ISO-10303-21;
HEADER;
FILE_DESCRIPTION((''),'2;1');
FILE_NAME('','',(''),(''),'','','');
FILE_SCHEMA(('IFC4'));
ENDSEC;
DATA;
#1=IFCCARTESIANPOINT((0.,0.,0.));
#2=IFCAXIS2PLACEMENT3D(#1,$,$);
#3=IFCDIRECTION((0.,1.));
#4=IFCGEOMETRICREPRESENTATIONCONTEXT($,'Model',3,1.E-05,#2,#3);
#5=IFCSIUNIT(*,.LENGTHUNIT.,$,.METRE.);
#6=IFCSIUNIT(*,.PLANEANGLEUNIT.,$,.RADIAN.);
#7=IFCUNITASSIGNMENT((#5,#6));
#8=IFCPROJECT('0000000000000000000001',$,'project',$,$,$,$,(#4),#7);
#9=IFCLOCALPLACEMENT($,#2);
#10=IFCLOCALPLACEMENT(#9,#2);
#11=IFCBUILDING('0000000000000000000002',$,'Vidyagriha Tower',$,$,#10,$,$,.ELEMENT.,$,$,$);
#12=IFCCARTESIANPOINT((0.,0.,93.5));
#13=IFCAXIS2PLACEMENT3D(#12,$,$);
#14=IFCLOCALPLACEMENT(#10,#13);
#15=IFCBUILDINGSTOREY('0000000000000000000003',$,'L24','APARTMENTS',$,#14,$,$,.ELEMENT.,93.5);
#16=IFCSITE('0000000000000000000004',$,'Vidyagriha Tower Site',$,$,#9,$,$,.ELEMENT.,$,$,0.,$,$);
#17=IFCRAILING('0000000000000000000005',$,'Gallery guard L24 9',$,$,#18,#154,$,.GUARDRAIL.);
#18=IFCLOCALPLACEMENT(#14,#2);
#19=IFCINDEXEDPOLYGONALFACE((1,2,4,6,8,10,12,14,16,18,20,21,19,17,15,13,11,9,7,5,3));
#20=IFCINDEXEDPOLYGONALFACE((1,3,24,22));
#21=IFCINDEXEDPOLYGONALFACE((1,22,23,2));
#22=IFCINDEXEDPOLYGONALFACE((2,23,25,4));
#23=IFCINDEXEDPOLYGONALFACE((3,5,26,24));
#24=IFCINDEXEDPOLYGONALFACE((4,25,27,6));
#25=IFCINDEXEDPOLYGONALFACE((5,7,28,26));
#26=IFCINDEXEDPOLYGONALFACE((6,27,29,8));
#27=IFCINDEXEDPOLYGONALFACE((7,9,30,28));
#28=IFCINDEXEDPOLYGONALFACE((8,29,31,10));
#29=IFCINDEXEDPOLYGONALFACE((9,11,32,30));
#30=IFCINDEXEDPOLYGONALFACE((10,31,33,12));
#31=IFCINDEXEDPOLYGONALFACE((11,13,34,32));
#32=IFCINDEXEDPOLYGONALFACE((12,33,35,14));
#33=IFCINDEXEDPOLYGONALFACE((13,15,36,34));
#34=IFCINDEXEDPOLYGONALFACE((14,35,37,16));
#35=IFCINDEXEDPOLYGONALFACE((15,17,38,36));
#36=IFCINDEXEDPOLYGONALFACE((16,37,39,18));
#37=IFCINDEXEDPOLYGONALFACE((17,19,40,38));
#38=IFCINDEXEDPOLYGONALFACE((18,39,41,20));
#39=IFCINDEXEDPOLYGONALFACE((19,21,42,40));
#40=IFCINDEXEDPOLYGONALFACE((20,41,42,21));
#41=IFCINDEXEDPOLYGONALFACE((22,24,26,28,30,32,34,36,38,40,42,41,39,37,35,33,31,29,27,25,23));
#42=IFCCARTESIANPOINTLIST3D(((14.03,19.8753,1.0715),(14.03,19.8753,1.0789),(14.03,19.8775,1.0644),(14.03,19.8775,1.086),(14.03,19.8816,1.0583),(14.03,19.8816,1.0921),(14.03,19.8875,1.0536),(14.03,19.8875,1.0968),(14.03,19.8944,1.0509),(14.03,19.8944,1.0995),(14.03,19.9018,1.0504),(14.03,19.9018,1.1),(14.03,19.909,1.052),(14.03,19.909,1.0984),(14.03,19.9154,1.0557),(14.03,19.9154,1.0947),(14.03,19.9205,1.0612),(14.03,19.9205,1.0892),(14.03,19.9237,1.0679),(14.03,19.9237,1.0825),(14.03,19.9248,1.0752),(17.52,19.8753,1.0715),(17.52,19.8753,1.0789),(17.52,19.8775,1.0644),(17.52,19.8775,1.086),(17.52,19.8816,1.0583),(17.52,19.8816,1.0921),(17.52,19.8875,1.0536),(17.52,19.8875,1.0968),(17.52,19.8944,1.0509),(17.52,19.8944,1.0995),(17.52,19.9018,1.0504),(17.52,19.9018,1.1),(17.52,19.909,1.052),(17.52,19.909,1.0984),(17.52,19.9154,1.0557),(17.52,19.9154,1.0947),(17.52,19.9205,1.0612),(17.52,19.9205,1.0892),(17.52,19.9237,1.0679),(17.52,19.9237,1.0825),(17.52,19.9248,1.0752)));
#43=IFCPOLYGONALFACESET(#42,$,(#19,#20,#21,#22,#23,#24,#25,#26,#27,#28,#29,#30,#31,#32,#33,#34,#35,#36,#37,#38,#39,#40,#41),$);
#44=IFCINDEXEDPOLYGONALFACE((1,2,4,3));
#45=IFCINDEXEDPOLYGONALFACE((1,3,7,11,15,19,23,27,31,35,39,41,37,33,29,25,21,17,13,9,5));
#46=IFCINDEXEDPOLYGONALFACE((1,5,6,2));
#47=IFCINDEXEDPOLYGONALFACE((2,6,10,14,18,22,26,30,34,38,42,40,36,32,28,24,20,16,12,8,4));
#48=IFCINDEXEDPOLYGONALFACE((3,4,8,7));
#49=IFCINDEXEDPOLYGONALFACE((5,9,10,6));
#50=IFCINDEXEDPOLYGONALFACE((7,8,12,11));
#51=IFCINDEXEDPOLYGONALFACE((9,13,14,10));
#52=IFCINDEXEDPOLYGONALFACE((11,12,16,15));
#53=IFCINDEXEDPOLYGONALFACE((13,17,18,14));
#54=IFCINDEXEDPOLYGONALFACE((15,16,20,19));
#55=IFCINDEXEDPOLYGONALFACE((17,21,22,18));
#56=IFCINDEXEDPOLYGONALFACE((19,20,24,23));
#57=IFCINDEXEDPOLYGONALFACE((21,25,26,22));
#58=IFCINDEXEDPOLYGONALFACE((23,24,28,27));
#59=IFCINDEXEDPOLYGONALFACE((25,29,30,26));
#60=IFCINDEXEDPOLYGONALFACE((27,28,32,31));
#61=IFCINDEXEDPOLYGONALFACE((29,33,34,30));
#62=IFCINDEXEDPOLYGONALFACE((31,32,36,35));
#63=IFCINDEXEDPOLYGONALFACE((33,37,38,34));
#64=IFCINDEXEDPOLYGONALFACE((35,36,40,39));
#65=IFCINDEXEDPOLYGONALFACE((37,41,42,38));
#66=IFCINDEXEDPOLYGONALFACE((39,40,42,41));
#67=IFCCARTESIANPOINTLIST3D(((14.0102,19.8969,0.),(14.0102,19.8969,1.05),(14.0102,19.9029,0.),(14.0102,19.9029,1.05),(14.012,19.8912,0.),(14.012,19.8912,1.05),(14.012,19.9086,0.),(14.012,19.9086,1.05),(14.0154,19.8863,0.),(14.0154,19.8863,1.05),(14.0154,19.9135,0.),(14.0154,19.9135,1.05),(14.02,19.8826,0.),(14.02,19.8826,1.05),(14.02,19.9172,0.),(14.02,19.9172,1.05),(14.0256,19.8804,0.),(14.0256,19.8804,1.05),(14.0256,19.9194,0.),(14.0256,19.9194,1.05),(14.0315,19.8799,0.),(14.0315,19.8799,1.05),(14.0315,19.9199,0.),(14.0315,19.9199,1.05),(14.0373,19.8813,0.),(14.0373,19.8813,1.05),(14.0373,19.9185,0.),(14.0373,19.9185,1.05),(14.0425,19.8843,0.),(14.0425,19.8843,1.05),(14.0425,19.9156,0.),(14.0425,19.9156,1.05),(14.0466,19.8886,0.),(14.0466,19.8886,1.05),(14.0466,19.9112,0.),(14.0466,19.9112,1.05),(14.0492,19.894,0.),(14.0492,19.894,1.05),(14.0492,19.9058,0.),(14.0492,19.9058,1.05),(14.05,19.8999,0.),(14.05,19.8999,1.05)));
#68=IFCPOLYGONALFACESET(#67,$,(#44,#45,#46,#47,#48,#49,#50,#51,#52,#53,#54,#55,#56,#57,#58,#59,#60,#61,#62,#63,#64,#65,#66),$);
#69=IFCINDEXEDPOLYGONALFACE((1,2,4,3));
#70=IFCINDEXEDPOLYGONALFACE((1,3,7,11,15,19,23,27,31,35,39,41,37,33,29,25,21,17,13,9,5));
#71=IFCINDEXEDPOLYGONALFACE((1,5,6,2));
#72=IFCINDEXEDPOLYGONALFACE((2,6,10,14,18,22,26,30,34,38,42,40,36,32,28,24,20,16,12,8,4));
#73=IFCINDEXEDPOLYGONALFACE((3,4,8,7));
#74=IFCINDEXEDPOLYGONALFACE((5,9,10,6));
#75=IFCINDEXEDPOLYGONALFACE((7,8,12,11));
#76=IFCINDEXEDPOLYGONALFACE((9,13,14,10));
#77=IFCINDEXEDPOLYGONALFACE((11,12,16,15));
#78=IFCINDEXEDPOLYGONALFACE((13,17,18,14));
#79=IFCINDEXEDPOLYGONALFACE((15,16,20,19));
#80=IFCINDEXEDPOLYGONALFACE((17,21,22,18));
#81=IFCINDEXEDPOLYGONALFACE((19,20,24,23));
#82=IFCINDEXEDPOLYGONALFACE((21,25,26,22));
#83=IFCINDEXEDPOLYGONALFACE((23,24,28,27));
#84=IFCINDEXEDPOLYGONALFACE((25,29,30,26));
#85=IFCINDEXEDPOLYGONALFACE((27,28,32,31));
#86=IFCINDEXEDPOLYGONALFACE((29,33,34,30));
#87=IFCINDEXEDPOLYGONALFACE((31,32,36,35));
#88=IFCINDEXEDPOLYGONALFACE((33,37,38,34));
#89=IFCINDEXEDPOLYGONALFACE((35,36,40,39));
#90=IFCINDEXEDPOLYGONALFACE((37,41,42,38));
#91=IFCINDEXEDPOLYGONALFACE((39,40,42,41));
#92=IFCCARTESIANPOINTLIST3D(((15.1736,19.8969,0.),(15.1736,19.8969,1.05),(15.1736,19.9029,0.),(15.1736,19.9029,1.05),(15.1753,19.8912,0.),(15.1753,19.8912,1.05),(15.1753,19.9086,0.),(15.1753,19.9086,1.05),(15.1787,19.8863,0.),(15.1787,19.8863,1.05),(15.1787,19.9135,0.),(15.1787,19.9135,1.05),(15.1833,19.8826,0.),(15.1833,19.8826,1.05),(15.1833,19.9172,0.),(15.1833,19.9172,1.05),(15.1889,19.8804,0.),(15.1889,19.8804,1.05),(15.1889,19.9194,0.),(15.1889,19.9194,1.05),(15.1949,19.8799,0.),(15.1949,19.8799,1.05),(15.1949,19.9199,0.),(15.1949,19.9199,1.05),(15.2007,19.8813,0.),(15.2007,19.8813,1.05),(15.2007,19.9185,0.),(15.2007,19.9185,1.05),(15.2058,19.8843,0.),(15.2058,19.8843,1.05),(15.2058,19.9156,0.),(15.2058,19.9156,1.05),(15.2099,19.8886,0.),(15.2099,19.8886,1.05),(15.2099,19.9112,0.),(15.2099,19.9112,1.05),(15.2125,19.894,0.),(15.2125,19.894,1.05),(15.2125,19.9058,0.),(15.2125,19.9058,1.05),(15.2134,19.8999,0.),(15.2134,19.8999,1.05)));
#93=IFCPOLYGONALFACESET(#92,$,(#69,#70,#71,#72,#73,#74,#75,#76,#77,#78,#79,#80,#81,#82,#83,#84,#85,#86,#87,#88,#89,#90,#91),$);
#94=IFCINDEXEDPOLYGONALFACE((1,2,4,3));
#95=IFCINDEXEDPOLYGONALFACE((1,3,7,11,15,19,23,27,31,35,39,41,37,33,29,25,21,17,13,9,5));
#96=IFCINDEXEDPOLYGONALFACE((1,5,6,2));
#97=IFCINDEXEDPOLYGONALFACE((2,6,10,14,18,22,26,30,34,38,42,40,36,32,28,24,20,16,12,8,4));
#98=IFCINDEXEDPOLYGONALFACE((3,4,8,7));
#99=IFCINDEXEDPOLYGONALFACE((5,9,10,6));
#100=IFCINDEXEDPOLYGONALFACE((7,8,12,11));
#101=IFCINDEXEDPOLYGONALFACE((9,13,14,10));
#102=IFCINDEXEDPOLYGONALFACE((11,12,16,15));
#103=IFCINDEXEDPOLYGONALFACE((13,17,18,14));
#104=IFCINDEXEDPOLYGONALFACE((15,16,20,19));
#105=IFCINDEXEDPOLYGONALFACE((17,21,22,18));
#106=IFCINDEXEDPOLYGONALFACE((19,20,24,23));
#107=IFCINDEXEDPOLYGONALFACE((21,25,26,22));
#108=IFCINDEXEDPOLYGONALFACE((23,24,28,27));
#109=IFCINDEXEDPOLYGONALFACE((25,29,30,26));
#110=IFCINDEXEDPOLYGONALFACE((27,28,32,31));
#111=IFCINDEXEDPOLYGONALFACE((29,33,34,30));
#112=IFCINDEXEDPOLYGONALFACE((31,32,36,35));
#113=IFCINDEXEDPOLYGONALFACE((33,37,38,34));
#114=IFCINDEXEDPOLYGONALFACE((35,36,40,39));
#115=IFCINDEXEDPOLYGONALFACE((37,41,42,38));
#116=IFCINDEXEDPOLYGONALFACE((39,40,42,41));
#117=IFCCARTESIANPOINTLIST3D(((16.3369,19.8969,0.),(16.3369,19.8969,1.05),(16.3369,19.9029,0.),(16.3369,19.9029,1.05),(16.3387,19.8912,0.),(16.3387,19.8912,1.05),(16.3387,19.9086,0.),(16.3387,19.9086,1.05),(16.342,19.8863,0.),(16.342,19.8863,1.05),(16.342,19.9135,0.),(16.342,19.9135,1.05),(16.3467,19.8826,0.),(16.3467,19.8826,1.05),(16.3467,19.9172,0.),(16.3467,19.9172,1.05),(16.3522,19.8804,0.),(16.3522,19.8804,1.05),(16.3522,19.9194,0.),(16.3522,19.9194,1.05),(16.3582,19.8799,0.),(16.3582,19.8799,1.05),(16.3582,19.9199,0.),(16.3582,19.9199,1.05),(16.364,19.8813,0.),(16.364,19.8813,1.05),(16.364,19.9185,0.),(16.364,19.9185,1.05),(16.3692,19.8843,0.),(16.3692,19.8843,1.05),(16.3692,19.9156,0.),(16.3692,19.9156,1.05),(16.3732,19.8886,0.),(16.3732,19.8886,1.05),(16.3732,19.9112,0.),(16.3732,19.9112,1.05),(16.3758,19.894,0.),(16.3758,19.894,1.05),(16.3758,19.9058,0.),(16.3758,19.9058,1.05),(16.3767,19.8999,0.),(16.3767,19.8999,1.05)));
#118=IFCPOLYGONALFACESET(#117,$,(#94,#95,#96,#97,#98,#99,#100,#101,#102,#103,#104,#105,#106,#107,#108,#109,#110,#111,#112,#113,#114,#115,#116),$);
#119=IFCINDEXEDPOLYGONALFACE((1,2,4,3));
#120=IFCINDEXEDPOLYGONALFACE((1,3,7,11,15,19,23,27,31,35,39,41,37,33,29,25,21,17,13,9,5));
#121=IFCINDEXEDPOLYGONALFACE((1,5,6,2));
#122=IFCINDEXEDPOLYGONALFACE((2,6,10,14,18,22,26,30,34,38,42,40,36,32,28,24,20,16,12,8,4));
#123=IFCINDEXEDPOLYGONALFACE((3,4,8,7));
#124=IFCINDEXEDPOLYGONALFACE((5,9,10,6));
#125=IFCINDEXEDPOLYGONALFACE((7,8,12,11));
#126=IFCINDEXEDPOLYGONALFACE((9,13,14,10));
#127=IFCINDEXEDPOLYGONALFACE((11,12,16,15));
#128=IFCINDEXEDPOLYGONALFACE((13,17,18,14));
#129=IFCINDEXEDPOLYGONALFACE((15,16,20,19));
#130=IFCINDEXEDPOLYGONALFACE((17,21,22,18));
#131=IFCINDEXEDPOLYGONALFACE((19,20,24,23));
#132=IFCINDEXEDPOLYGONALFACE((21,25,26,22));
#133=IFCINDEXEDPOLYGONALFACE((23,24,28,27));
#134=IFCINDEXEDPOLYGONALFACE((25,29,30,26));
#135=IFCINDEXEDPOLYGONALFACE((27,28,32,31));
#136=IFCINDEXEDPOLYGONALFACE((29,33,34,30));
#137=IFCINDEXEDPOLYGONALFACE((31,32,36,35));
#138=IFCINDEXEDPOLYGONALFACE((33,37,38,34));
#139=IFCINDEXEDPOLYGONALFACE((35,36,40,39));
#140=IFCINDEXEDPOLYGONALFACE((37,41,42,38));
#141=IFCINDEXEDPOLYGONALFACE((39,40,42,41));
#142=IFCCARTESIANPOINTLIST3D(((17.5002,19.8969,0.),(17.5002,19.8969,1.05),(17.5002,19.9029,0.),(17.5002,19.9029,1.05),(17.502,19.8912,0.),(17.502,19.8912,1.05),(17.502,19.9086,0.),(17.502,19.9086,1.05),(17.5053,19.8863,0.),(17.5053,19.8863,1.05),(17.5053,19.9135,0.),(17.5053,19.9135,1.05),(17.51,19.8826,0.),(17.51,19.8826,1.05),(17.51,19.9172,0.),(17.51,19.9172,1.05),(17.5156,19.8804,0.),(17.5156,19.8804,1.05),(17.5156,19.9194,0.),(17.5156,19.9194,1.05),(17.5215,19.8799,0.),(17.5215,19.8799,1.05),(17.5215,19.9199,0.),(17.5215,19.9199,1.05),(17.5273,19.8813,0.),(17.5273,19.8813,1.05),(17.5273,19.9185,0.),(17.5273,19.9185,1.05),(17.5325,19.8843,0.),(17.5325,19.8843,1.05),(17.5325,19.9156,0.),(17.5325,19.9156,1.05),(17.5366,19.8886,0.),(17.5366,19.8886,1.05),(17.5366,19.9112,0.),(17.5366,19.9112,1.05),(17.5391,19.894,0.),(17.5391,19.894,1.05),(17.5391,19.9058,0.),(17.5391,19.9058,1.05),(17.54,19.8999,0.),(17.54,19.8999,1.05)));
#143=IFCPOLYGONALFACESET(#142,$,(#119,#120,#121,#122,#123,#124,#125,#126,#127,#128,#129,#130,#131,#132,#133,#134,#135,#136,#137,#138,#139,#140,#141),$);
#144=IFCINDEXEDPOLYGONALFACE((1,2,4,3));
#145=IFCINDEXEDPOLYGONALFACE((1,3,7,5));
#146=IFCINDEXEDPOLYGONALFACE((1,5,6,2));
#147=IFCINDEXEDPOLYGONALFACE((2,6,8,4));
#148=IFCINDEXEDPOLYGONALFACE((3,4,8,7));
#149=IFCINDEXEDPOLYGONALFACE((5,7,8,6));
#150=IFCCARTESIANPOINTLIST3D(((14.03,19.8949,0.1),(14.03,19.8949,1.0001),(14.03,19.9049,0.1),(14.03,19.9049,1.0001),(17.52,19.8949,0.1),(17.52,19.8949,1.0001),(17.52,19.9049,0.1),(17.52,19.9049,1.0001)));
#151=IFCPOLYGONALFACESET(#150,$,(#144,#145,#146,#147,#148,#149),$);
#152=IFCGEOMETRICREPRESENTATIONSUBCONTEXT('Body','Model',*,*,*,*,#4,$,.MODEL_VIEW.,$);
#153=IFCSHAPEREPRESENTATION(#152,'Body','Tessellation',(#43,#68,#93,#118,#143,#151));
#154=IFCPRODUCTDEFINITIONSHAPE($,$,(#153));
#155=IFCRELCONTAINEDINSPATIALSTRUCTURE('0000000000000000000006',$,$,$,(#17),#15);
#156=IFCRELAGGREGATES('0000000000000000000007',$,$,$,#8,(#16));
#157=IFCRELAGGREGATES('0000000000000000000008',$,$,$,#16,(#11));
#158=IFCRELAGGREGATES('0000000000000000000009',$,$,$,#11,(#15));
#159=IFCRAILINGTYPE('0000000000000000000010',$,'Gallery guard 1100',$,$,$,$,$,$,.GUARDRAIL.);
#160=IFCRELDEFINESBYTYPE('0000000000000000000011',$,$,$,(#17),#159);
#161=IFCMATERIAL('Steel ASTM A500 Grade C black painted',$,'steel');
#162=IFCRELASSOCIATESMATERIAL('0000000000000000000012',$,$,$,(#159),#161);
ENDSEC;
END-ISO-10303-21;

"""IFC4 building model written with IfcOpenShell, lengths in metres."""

from ifc_helpers import new_model, si_unit, direction, frame, origin, origin_2d, place, context, subcontext, project, spatial, rectangle, circle, extrude, material, type_object, element, save


model = new_model("IFC4")

# Units and contexts
model_context = context("Model", 3, precision=1e-05, world=origin(), true_north=direction((0.0, 1.0)))
body_context = subcontext(model_context, "Body", "Model", "MODEL_VIEW")
ifc_project = project(units=[si_unit("LENGTHUNIT", "METRE"), si_unit("PLANEANGLEUNIT", "RADIAN")], contexts=[model_context])

# Site, building, storey
site_placement = place(None, origin())
site = spatial("IfcSite", under=ifc_project, at=site_placement, Name="Vidyagriha Tower Site", CompositionType="ELEMENT", RefElevation=0.0)
building_placement = place(site_placement, origin())
building = spatial("IfcBuilding", under=site, at=building_placement, Name="Vidyagriha Tower", CompositionType="ELEMENT")
storey_placement = place(building_placement, frame((0.0, 0.0, 93.5)))
storey = spatial("IfcBuildingStorey", under=building, at=storey_placement, Name="L24", Description="APARTMENTS", CompositionType="ELEMENT", Elevation=93.5)

# Railing
ifc_material_1 = material(Name="Steel ASTM A500 Grade C black painted", Category="steel")
railing_type = type_object("IfcRailingType", Name="Gallery guard 1100", PredefinedType="GUARDRAIL", material=ifc_material_1)
railing_1_placement = place(storey_placement, frame((14.03, 19.8999, 0.0)))
element("IfcRailing", 1, at=railing_1_placement, inside=storey, type_object=railing_type, Name="Gallery guard L24 9", PredefinedType="GUARDRAIL", context=body_context, shape_type="SweptSolid", body=[
    extrude(circle(Radius=0.0249, at=origin_2d()), frame((0.0, 0.0, 1.0752), z_axis=(1.0, 0.0, 0.0), x_axis=(0.0, 1.0, 0.0)), (0.0, 0.0, 1.0), 3.49),
    extrude(circle(Radius=0.02, at=origin_2d()), origin(), (0.0, 0.0, 1.0), 1.05),
    extrude(circle(Radius=0.02, at=origin_2d()), frame((1.1633, 0.0, 0.0)), (0.0, 0.0, 1.0), 1.05),
    extrude(circle(Radius=0.02, at=origin_2d()), frame((2.3267, 0.0, 0.0)), (0.0, 0.0, 1.0), 1.05),
    extrude(circle(Radius=0.02, at=origin_2d()), frame((3.49, 0.0, 0.0)), (0.0, 0.0, 1.0), 1.05),
    extrude(rectangle(XDim=0.01, YDim=0.9001, at=origin_2d()), frame((0.0, 0.0, 0.55), z_axis=(1.0, 0.0, 0.0), x_axis=(0.0, 1.0, 0.0)), (0.0, 0.0, 1.0), 3.49),
])

save(model, "model.ifc")
